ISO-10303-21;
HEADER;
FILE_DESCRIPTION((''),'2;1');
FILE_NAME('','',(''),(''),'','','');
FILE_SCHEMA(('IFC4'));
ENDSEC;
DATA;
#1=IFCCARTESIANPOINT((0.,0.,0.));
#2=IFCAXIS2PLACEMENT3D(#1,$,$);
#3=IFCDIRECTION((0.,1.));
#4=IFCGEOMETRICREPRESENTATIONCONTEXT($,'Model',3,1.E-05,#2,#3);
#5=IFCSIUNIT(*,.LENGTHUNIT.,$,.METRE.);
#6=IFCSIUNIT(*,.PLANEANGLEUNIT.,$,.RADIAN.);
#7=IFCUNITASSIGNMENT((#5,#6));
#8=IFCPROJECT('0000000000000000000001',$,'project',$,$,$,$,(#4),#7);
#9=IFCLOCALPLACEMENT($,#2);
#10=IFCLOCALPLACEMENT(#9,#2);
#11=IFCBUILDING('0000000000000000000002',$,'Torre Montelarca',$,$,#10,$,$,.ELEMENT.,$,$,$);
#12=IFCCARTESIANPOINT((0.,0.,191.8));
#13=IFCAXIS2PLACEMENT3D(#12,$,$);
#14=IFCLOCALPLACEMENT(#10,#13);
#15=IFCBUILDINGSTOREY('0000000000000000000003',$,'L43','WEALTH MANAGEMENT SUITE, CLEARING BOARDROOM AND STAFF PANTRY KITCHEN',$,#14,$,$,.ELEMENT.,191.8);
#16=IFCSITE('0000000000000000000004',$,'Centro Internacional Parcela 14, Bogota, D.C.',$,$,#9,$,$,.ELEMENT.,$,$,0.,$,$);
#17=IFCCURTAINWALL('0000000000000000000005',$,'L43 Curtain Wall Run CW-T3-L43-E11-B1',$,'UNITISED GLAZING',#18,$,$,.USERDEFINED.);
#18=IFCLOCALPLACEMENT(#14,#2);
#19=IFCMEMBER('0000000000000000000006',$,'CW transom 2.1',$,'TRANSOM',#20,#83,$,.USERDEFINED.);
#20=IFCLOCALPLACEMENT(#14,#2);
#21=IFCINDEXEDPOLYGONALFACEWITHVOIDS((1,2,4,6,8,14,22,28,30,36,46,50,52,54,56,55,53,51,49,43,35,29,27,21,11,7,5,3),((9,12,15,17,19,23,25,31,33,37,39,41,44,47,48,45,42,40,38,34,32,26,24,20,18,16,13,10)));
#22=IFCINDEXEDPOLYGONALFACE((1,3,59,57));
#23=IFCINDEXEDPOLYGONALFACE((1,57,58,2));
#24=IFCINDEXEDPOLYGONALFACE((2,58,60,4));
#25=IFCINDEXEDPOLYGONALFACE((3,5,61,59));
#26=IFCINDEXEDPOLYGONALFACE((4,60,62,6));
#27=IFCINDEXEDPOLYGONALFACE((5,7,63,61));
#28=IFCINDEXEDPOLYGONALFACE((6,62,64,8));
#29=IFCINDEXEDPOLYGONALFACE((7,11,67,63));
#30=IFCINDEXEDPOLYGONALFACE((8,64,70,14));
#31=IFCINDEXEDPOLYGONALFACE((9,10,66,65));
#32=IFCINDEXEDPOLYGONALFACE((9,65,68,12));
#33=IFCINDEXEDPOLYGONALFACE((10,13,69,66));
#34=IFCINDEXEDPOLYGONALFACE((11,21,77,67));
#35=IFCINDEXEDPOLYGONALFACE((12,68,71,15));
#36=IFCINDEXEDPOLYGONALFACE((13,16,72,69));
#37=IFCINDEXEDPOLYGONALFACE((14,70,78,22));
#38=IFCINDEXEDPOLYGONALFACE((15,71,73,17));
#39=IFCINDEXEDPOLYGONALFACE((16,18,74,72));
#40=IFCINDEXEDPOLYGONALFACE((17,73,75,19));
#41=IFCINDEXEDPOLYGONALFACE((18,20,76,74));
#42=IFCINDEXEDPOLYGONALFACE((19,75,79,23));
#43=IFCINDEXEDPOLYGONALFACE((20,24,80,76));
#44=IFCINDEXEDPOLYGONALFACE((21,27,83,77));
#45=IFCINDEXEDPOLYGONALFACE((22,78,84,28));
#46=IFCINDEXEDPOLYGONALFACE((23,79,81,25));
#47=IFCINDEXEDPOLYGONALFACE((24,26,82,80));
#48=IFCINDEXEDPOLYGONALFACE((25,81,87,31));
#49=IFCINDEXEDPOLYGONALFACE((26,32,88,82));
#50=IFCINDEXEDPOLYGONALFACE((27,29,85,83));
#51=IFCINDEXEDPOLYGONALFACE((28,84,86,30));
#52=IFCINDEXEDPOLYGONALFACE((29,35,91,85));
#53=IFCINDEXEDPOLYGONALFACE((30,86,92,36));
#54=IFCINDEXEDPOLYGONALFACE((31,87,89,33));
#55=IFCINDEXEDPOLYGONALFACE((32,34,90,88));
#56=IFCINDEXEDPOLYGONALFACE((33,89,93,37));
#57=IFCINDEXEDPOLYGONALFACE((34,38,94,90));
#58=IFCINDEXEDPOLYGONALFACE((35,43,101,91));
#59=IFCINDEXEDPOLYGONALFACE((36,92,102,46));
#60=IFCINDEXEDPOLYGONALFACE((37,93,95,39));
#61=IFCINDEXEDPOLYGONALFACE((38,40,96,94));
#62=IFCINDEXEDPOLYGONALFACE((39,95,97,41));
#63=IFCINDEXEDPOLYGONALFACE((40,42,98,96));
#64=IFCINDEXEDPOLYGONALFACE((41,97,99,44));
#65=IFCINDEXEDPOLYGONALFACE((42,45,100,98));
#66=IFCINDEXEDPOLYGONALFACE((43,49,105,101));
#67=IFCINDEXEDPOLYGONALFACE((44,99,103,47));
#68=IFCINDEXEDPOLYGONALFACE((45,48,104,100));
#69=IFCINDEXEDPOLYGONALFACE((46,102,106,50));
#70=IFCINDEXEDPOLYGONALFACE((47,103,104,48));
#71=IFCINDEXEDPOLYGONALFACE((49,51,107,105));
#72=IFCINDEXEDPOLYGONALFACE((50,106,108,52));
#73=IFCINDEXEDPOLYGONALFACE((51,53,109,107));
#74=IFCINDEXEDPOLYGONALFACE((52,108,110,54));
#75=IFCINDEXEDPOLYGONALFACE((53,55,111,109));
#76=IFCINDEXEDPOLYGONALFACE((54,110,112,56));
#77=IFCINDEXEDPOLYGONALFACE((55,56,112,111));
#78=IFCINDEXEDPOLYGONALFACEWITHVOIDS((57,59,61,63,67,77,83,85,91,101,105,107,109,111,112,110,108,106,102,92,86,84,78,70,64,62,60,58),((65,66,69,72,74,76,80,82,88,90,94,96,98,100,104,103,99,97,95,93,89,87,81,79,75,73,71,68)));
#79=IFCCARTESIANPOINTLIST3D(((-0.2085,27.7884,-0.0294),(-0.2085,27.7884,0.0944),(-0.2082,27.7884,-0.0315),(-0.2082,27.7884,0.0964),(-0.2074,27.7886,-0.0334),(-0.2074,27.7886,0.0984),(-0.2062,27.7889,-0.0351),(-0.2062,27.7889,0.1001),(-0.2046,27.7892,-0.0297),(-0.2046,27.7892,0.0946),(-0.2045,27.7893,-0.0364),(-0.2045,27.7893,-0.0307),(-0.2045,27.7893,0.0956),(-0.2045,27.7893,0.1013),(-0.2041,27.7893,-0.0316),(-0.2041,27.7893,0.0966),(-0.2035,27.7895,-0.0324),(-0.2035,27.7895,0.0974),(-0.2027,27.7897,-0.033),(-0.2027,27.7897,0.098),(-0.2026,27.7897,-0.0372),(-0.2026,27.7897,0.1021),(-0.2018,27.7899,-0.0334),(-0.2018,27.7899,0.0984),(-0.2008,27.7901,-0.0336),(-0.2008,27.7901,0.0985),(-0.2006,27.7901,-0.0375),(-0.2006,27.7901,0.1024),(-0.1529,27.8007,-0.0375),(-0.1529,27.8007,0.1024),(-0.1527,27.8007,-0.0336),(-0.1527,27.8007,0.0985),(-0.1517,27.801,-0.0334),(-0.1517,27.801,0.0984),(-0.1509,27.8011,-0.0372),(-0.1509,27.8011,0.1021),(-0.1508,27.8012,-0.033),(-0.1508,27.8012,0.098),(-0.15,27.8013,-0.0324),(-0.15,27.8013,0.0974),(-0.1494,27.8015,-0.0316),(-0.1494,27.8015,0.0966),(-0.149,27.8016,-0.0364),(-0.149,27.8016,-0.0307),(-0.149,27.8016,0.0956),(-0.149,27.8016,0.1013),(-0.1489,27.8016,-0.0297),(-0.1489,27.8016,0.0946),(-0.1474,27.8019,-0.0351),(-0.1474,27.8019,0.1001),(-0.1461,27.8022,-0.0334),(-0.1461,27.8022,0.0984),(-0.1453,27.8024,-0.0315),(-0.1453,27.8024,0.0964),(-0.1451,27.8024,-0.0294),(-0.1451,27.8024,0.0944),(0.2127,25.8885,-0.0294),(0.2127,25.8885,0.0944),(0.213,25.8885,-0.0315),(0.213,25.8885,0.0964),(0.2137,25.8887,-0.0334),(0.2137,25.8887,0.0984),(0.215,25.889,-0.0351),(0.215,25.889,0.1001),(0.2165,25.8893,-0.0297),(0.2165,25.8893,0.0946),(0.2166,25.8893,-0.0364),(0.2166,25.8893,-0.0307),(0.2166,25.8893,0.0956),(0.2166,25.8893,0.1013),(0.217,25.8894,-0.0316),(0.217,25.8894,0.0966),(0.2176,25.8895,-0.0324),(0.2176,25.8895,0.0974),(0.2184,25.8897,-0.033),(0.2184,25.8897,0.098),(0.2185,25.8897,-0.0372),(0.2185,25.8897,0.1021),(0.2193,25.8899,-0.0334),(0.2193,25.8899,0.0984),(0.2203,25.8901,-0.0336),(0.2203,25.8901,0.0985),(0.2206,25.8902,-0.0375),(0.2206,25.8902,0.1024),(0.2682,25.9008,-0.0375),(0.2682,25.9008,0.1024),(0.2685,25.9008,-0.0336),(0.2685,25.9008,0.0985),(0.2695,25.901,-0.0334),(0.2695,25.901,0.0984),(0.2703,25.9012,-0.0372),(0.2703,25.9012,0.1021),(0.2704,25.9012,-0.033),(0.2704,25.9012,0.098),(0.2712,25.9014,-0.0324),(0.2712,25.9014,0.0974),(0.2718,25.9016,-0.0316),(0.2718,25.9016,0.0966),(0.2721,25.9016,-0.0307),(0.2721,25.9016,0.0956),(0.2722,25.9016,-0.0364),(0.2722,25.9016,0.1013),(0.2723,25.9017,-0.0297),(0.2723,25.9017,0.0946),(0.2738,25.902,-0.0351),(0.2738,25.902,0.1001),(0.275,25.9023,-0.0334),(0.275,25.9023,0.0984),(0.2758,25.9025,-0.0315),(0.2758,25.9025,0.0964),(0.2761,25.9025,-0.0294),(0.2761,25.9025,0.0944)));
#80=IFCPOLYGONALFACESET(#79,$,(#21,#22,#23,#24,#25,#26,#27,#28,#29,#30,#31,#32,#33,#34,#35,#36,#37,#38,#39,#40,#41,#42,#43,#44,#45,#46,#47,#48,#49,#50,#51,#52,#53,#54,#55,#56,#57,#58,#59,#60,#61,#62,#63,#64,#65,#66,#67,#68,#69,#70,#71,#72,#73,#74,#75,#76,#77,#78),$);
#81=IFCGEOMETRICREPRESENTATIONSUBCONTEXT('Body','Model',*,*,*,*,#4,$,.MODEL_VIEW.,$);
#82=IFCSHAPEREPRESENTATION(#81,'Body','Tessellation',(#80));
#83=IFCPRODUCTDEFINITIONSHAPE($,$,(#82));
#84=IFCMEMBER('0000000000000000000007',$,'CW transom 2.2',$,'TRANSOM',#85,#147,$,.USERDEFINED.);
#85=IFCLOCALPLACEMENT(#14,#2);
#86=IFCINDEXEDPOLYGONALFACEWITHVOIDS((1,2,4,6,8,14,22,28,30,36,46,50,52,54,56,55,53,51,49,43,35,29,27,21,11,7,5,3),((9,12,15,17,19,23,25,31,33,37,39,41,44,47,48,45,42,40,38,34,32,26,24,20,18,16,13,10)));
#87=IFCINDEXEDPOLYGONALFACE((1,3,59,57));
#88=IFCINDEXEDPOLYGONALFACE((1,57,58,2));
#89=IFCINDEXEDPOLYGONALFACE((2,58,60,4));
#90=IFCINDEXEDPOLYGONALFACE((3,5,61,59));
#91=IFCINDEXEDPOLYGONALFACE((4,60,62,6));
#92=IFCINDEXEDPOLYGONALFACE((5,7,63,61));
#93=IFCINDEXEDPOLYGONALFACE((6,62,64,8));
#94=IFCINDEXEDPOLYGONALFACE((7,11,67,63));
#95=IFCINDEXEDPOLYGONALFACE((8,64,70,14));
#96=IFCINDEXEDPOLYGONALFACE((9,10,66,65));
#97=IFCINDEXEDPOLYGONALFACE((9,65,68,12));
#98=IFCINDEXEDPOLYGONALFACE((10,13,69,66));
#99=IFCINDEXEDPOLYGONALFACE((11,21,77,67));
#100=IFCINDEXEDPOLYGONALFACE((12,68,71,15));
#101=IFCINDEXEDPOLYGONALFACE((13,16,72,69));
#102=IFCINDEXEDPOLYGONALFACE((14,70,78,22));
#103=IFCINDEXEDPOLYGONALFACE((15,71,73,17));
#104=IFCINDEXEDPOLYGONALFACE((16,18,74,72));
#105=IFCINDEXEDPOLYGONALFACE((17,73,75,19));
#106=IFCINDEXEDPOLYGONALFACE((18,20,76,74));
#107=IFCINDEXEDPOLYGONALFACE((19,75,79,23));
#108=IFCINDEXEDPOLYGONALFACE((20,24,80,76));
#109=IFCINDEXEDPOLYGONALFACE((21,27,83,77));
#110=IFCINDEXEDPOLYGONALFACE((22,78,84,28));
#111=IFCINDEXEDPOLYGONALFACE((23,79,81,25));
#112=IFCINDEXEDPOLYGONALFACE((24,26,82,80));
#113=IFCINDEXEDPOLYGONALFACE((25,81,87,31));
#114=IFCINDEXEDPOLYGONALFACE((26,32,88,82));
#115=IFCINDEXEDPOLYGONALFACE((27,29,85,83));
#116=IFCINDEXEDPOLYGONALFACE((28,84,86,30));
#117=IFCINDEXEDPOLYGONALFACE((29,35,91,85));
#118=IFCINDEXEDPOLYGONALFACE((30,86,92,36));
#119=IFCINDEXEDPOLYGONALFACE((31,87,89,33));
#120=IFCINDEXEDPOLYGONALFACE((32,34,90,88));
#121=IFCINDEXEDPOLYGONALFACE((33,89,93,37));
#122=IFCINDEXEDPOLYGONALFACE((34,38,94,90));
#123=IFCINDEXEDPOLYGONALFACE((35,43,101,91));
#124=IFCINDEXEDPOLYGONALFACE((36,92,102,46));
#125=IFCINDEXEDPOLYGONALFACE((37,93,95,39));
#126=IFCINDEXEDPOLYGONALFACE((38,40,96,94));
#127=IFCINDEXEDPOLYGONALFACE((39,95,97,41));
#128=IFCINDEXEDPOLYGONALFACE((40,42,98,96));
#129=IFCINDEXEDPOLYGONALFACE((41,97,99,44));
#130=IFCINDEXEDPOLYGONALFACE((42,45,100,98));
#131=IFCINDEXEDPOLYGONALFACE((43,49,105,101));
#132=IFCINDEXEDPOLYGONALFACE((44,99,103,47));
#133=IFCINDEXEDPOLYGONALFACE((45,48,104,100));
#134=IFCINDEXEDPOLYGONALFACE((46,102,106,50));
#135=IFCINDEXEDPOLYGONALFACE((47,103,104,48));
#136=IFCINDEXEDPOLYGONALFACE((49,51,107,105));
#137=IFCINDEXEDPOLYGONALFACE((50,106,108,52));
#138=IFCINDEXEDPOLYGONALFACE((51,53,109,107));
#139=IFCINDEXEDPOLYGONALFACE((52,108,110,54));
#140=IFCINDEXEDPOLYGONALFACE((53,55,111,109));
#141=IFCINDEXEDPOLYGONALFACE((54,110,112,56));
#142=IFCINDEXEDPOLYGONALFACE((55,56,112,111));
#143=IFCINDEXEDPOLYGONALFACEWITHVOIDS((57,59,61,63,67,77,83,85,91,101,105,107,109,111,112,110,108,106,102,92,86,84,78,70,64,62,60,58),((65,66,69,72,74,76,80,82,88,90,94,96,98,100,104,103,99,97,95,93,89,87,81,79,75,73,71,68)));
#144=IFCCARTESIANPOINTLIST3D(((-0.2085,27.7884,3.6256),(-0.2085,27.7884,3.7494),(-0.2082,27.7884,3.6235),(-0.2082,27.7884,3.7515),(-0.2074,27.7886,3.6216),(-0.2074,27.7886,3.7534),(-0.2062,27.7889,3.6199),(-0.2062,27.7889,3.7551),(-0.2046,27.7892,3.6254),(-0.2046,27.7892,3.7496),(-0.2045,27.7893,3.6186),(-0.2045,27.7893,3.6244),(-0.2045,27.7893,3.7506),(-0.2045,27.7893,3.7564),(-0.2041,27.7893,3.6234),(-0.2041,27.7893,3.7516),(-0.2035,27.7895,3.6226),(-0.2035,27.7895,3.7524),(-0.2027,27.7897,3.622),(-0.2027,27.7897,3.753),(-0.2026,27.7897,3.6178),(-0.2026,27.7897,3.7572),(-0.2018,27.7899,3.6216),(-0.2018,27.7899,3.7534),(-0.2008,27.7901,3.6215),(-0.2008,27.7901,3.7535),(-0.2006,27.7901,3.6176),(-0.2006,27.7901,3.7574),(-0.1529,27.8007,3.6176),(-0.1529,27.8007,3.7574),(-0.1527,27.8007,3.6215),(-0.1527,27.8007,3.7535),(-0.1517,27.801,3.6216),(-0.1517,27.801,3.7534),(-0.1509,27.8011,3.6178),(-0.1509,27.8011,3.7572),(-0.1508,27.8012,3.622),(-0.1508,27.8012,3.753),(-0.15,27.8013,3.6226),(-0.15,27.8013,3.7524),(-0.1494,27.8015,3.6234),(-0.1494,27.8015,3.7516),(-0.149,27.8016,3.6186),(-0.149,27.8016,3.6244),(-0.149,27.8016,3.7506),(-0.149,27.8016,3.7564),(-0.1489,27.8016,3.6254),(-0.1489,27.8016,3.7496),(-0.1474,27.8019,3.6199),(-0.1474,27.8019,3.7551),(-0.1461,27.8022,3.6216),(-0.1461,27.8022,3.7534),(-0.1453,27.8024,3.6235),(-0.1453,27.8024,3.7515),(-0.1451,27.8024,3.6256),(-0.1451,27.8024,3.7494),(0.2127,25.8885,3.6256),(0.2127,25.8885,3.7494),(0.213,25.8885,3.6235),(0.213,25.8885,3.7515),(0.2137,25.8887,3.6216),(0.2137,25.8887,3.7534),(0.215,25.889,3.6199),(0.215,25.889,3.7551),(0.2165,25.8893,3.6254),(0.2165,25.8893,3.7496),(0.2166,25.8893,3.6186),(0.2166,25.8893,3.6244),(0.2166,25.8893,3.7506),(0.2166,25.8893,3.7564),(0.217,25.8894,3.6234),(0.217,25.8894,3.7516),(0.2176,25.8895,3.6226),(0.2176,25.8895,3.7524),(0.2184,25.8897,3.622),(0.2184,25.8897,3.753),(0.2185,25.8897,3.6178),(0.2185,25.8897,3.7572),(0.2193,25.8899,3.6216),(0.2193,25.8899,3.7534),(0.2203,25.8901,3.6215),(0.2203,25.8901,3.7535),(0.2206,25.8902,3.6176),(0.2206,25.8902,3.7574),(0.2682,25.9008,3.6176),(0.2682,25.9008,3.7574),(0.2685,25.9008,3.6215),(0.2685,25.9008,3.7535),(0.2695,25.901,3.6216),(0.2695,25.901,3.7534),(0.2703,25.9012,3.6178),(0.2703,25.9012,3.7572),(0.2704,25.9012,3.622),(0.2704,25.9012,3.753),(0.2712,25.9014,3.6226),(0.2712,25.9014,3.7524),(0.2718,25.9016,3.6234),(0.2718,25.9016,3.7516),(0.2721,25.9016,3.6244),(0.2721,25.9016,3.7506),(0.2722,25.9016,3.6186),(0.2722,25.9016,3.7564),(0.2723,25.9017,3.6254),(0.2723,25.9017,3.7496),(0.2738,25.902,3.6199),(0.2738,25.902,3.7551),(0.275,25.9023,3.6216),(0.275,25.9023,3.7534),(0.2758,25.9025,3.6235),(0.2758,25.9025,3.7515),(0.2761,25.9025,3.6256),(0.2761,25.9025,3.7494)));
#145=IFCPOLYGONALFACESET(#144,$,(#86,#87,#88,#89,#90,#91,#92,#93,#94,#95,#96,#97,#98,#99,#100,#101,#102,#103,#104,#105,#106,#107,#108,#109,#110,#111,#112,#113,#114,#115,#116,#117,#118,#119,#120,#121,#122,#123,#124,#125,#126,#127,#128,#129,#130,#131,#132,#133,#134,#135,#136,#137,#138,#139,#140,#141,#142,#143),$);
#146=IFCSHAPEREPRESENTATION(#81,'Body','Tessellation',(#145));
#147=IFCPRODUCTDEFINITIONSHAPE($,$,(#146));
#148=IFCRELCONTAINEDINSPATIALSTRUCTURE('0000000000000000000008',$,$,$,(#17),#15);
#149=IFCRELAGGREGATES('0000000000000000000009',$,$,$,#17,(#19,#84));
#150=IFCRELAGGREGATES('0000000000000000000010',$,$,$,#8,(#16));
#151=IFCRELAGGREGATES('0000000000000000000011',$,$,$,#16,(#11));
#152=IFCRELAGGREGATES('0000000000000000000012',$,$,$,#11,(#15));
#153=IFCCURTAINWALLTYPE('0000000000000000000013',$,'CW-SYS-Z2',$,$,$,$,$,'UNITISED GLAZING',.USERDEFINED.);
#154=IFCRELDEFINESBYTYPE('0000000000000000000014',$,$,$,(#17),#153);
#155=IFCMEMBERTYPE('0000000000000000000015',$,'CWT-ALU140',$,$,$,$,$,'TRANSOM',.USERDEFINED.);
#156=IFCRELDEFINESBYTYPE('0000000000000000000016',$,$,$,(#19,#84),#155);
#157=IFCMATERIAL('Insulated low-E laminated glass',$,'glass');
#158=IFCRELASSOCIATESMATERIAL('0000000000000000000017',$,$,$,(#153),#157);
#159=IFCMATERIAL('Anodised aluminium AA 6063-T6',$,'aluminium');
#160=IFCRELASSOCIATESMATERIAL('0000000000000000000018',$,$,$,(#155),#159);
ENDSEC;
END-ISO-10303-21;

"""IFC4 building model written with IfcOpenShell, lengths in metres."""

from ifc_helpers import new_model, si_unit, direction, frame, origin, origin_2d, place, context, subcontext, project, spatial, hollow_rectangle, extrude, source, transform, mapped, material, material_profile, profile_set, type_object, element, aggregate, save


model = new_model("IFC4")

# Units and contexts
model_context = context("Model", 3, precision=1e-05, world=origin(), true_north=direction((0.0, 1.0)))
body_context = subcontext(model_context, "Body", "Model", "MODEL_VIEW")
ifc_project = project(units=[si_unit("LENGTHUNIT", "METRE"), si_unit("PLANEANGLEUNIT", "RADIAN")], contexts=[model_context])

# Site, building, storey
site_placement = place(None, origin())
site = spatial("IfcSite", under=ifc_project, at=site_placement, Name="Centro Internacional Parcela 14, Bogota, D.C.", CompositionType="ELEMENT", RefElevation=0.0)
building_placement = place(site_placement, origin())
building = spatial("IfcBuilding", under=site, at=building_placement, Name="Torre Montelarca", CompositionType="ELEMENT")
storey_placement = place(building_placement, frame((0.0, 0.0, 191.8)))
storey = spatial("IfcBuildingStorey", under=building, at=storey_placement, Name="L43", Description="WEALTH MANAGEMENT SUITE, CLEARING BOARDROOM AND STAFF PANTRY KITCHEN", CompositionType="ELEMENT", Elevation=191.8)

# Curtain wall
ifc_material_1 = material(Name="Insulated low-E laminated glass", Category="glass")
curtain_wall_type = type_object("IfcCurtainWallType", Name="CW-SYS-Z2", ElementType="UNITISED GLAZING", PredefinedType="USERDEFINED", material=ifc_material_1)
curtain_wall_1_placement = place(storey_placement, origin())
curtain_wall_1 = element("IfcCurtainWall", 1, at=curtain_wall_1_placement, inside=storey, type_object=curtain_wall_type, Name="L43 Curtain Wall Run CW-T3-L43-E11-B1", ObjectType="UNITISED GLAZING", PredefinedType="USERDEFINED")
ifc_material_2 = material(Name="Anodised aluminium AA 6063-T6", Category="aluminium")

# Members
ifc_material_profile_1 = material_profile(ifc_material_2, hollow_rectangle(XDim=0.0649, YDim=0.1399, WallThickness=0.0039, InnerFilletRadius=0.0039, OuterFilletRadius=0.0081, at=origin_2d()), Name="ALU65X140X4", Category="aluminium")
ifc_profile_set_1 = profile_set([ifc_material_profile_1], Name="Anodised aluminium AA 6063-T6")
member_type_1 = type_object("IfcMemberType", Name="CWT-ALU140", ElementType="TRANSOM", PredefinedType="USERDEFINED", material=ifc_profile_set_1)
shared_shape_1 = source(origin(), body_context, "Body", "SweptSolid", [
    extrude(hollow_rectangle(XDim=0.0649, YDim=0.1399, WallThickness=0.0039, InnerFilletRadius=0.0039, OuterFilletRadius=0.0081, at=origin_2d()), origin(), (0.0, 0.0, 1.0), 1.946),
])
member_1_placement = place(storey_placement, frame((-0.1768, 27.7954, 0.0325), z_axis=(0.216412, -0.976302, 0.0), x_axis=(0.976302, 0.216412, 0.0)))
member_1 = element("IfcMember", 2, at=member_1_placement, type_object=member_type_1, Name="CW transom 2.1", ObjectType="TRANSOM", PredefinedType="USERDEFINED", context=body_context, shape_type="MappedRepresentation", body=[
    mapped(shared_shape_1, transform((0.0, 0.0, 0.0), scale=1.0)),
])
member_2_placement = place(storey_placement, frame((-0.1768, 27.7954, 3.6875), z_axis=(0.216412, -0.976302, 0.0), x_axis=(0.976302, 0.216412, 0.0)))
member_2 = element("IfcMember", 3, at=member_2_placement, type_object=member_type_1, Name="CW transom 2.2", ObjectType="TRANSOM", PredefinedType="USERDEFINED", context=body_context, shape_type="MappedRepresentation", body=[
    mapped(shared_shape_1, transform((0.0, 0.0, 0.0), scale=1.0)),
])

aggregate(curtain_wall_1, [member_1, member_2])

save(model, "model.ifc")
